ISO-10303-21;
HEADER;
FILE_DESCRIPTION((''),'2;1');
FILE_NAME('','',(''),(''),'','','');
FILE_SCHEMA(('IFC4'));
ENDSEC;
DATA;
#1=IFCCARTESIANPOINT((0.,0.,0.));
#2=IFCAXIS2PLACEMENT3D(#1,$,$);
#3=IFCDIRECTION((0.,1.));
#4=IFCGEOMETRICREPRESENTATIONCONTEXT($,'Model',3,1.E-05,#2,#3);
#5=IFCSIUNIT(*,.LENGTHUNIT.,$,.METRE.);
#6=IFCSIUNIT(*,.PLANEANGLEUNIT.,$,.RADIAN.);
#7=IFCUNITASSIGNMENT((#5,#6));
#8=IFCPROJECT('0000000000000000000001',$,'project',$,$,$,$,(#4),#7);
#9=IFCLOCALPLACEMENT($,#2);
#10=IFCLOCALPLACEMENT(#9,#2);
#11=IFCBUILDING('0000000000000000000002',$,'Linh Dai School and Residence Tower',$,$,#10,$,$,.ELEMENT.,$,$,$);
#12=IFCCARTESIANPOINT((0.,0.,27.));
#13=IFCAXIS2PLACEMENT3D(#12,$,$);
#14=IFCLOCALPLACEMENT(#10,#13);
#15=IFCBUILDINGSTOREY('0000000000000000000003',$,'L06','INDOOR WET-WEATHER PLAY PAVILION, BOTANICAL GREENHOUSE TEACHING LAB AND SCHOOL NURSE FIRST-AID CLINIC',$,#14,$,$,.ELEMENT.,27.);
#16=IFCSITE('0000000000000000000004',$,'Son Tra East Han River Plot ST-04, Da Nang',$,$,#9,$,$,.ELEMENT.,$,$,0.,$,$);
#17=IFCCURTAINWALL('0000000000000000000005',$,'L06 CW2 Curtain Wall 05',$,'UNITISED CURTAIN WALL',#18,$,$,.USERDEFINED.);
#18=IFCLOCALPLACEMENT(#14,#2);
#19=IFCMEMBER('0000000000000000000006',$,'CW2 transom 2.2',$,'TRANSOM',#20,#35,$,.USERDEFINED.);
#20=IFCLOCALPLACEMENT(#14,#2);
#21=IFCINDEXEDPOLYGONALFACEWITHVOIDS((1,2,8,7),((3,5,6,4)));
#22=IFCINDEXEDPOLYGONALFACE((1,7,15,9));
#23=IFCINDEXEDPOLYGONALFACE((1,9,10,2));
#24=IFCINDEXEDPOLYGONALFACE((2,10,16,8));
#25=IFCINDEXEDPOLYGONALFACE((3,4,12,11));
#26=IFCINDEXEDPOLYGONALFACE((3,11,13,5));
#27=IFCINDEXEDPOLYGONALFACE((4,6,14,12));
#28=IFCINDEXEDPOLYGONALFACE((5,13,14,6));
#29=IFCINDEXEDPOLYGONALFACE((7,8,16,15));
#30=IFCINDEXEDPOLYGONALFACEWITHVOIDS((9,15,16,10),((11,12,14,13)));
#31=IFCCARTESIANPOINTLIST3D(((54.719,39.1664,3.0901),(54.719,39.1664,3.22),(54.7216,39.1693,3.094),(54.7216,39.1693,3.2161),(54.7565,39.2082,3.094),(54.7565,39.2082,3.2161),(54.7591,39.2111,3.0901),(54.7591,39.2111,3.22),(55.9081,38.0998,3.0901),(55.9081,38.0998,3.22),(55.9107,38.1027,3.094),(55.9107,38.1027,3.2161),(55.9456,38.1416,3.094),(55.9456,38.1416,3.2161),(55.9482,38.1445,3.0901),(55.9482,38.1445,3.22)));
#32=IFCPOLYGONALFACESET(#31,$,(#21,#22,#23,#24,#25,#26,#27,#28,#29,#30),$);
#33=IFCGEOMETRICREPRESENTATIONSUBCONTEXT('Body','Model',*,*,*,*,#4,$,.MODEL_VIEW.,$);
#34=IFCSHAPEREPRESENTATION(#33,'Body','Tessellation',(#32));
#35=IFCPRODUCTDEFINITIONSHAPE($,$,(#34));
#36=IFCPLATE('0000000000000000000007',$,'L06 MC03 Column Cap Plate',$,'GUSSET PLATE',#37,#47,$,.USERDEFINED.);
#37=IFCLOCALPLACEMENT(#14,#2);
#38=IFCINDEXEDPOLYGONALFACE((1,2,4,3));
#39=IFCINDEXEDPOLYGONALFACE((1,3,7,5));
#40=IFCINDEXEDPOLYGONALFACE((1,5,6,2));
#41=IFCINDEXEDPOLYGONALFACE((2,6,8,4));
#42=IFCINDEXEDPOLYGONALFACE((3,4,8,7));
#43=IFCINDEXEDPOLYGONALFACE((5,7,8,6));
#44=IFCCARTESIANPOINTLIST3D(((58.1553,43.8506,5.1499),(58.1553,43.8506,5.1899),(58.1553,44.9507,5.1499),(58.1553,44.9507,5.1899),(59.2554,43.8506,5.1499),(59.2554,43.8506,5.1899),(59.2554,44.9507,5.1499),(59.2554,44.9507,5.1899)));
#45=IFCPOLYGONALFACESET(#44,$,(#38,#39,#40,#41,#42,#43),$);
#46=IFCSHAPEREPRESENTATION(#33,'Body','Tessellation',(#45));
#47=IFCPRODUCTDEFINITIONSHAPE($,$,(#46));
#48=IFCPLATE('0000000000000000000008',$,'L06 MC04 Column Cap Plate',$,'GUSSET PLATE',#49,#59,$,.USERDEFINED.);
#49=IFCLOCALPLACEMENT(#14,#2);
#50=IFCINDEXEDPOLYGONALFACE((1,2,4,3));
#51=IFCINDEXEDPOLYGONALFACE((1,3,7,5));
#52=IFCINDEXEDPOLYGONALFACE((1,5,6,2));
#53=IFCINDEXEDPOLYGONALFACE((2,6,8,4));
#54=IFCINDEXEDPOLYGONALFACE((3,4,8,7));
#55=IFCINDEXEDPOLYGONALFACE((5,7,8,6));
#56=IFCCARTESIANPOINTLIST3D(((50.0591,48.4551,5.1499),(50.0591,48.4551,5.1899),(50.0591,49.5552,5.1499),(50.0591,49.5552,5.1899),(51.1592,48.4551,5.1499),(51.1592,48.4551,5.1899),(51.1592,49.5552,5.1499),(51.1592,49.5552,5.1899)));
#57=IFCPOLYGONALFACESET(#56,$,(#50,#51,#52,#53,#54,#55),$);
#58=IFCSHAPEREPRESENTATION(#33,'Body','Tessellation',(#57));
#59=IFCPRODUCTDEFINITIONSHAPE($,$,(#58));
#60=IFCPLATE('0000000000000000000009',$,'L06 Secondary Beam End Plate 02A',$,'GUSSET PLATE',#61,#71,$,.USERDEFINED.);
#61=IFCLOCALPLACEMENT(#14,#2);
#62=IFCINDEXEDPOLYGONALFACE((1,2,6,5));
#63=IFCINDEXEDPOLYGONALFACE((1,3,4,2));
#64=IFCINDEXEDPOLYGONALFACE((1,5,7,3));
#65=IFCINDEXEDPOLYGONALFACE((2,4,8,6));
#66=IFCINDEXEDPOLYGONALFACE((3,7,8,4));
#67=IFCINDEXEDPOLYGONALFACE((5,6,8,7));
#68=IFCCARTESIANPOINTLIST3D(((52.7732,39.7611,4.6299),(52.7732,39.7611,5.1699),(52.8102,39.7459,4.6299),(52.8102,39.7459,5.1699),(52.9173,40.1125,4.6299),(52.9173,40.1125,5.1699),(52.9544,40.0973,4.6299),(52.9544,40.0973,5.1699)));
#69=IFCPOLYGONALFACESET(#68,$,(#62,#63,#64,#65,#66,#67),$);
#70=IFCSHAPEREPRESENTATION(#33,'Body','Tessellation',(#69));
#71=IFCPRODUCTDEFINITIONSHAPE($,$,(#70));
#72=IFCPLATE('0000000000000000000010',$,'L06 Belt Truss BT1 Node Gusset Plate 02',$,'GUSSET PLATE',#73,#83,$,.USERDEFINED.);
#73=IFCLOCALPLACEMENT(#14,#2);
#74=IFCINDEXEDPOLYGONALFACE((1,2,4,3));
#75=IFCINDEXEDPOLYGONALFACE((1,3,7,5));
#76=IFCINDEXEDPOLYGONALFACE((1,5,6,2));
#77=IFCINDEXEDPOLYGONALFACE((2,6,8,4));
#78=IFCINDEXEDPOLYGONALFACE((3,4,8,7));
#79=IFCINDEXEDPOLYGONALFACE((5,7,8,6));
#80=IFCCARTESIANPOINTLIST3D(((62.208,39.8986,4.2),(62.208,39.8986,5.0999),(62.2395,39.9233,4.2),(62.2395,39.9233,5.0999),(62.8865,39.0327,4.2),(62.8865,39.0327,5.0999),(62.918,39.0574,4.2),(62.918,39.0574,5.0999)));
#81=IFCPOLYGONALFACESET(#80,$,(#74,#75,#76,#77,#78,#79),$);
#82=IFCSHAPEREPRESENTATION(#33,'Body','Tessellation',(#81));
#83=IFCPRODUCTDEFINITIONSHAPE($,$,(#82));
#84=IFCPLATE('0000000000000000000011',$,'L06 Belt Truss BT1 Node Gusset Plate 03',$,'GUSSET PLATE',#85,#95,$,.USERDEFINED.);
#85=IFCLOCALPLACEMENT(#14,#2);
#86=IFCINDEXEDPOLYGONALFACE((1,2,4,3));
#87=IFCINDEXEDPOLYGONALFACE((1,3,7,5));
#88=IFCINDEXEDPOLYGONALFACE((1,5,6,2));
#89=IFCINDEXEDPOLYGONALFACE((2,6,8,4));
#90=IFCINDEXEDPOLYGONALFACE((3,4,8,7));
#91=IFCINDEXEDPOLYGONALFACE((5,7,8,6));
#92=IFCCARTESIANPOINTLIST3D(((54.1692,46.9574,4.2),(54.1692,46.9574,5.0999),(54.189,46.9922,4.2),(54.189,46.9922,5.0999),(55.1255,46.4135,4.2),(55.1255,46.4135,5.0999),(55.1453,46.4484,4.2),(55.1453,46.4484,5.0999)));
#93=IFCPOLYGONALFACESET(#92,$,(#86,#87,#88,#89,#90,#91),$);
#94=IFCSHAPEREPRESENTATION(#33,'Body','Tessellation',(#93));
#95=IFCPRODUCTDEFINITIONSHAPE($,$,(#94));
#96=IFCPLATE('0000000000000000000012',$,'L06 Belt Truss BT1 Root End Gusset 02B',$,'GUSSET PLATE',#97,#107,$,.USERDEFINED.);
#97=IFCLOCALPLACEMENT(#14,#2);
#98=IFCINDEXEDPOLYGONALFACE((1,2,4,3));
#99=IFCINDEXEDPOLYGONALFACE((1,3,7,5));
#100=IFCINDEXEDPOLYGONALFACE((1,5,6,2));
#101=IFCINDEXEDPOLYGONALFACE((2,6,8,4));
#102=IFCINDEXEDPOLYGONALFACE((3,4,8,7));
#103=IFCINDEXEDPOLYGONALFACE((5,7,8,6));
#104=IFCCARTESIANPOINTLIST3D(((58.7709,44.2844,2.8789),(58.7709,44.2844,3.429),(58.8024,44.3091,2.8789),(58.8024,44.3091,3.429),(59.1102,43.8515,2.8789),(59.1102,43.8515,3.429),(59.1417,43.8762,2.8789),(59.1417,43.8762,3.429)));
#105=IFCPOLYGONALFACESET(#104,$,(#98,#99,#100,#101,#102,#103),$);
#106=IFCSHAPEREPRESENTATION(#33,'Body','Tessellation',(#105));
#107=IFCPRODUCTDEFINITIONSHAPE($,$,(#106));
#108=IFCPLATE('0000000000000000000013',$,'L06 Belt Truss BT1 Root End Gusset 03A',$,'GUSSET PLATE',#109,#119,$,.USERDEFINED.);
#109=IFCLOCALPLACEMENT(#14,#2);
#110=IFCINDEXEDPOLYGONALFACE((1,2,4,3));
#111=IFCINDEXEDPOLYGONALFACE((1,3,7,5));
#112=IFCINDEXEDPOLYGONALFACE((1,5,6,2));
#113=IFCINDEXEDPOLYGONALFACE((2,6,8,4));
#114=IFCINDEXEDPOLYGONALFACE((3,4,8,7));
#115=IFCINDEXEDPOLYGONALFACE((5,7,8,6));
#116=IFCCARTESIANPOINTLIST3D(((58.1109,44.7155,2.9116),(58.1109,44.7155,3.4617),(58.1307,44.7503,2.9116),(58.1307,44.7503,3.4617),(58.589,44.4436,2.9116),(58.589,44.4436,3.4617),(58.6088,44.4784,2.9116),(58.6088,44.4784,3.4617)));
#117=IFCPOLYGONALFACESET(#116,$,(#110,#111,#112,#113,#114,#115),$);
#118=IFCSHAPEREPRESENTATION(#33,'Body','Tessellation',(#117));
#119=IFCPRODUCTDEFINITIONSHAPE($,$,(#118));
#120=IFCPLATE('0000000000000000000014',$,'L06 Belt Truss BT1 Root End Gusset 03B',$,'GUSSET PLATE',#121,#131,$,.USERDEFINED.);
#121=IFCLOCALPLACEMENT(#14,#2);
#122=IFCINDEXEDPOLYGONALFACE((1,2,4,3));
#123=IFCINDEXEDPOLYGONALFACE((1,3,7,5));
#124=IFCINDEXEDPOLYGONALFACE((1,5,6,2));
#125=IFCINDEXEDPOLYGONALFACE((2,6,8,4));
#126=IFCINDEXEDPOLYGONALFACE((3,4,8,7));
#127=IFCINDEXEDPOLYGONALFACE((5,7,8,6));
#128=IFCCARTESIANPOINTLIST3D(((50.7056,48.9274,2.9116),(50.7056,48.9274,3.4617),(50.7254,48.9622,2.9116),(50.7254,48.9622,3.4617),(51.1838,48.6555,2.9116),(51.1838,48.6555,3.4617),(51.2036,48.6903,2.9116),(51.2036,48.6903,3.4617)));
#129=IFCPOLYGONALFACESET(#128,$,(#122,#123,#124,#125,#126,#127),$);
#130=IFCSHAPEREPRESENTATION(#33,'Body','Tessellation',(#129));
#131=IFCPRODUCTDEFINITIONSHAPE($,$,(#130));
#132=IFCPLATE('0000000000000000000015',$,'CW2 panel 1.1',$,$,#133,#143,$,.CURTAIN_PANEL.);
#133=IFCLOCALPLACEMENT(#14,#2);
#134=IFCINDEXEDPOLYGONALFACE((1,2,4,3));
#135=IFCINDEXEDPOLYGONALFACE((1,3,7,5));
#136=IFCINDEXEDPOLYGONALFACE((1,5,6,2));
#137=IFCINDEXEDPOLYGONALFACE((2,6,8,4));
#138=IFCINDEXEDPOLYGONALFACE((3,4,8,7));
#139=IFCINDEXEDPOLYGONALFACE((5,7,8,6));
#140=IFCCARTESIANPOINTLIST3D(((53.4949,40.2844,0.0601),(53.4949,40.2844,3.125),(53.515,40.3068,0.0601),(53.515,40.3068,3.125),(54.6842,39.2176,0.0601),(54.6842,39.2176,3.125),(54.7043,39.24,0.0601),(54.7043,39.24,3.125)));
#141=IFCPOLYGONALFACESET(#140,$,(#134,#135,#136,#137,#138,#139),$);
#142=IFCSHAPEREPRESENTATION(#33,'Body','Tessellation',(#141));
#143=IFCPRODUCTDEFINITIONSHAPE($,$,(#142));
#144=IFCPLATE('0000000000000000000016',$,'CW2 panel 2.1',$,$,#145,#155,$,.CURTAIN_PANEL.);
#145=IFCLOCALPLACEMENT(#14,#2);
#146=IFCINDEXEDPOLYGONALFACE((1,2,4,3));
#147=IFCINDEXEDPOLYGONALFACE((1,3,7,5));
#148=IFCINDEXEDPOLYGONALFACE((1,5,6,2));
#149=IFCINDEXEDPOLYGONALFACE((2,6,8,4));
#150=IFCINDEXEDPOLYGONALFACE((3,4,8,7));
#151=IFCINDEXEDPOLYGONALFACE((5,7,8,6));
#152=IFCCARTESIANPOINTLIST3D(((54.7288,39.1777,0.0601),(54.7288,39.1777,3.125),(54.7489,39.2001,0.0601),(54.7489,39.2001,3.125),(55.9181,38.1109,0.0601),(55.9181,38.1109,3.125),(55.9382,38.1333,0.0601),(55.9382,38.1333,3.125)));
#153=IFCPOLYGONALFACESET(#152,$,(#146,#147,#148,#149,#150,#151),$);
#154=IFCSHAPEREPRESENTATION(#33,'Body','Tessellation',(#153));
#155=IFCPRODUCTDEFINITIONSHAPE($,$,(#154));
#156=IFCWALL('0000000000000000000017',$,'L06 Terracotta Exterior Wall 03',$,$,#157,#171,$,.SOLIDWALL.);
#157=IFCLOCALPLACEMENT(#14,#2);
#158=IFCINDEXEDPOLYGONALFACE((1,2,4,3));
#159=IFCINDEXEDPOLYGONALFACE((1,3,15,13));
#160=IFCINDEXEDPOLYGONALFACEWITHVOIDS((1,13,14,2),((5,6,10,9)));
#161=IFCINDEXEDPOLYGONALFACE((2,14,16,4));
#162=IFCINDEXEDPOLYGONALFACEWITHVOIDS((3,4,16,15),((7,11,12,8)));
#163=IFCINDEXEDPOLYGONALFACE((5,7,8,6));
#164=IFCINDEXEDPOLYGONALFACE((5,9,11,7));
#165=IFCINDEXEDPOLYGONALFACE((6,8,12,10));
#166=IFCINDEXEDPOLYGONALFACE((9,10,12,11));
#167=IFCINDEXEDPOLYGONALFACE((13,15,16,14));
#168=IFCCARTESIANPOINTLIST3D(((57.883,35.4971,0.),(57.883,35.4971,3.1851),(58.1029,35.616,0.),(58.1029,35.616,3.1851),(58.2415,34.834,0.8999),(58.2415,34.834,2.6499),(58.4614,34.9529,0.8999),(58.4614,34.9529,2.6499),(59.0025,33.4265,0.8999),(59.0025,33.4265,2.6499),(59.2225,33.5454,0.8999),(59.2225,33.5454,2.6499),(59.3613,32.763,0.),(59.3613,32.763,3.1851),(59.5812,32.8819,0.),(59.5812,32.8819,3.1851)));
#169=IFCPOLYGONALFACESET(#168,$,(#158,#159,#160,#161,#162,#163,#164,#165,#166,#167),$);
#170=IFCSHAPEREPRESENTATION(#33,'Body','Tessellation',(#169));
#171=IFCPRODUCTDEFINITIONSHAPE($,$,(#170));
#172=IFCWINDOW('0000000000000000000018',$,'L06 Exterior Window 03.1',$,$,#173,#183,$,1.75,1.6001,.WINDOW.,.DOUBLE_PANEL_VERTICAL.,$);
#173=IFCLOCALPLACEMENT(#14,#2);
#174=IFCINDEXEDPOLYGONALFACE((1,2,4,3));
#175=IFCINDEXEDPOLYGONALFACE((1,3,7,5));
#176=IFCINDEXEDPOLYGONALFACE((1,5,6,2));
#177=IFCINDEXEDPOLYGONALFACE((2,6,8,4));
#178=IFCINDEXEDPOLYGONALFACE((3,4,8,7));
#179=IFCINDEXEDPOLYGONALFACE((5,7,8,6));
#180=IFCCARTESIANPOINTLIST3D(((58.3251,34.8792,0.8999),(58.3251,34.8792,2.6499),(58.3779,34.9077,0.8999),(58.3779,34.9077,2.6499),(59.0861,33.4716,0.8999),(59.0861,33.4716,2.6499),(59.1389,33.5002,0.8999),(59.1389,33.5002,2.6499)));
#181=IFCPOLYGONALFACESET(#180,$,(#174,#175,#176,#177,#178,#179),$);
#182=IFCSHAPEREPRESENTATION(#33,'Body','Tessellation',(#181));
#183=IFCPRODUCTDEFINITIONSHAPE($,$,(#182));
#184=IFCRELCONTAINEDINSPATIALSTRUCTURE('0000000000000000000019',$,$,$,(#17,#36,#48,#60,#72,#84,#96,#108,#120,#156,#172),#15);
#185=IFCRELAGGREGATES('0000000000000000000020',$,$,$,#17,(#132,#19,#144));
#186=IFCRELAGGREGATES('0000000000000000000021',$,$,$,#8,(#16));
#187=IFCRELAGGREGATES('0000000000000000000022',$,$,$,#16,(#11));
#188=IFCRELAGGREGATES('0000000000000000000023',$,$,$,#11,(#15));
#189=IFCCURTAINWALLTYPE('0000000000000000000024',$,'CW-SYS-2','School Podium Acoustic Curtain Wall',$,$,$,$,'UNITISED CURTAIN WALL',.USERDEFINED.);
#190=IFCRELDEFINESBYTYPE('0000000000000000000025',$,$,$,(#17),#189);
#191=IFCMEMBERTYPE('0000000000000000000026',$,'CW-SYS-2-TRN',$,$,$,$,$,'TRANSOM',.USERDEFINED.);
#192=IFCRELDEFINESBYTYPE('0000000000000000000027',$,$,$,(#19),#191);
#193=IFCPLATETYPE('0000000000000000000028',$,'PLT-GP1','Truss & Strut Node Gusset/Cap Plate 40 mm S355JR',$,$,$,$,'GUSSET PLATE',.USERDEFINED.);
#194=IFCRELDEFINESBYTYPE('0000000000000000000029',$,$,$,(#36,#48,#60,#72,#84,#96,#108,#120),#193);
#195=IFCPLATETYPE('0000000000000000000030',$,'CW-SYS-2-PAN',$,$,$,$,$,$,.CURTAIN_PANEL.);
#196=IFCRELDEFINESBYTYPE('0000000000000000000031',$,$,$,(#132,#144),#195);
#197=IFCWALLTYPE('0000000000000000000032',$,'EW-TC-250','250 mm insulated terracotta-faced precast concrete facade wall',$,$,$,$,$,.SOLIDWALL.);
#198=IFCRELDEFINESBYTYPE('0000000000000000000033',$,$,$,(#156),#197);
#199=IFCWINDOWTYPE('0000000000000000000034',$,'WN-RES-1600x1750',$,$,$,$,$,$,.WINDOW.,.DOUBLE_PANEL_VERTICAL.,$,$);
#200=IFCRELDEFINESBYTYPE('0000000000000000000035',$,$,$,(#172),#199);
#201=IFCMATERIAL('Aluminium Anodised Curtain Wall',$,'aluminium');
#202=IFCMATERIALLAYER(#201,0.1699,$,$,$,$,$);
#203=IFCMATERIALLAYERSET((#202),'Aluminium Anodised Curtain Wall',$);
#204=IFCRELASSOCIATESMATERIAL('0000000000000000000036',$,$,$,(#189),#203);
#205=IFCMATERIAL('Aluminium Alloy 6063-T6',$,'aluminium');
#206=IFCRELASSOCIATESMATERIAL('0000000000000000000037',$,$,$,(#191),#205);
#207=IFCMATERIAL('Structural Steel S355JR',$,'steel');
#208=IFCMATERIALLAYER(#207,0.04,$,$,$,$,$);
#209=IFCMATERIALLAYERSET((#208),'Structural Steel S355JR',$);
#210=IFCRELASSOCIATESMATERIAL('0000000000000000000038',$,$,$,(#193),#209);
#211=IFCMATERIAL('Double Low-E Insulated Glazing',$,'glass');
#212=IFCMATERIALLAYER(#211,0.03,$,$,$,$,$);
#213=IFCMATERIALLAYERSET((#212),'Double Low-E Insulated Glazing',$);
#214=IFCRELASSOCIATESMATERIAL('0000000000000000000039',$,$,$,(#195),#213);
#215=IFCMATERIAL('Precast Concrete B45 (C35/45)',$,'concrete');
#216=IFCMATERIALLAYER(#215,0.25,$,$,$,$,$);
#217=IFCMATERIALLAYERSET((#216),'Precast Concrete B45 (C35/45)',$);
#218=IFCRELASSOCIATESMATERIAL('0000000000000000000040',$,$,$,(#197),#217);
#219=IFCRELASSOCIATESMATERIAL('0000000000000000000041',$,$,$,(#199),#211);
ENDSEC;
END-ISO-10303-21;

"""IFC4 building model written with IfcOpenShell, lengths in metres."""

from ifc_helpers import new_model, si_unit, direction, frame, frame_2d, origin, origin_2d, place, context, subcontext, project, spatial, rectangle, hollow_rectangle, extrude, source, transform, mapped, material, layer, layer_set, material_profile, profile_set, type_object, element, fill, aggregate, save


model = new_model("IFC4")

# Units and contexts
model_context = context("Model", 3, precision=1e-05, world=origin(), true_north=direction((0.0, 1.0)))
body_context = subcontext(model_context, "Body", "Model", "MODEL_VIEW")
ifc_project = project(units=[si_unit("LENGTHUNIT", "METRE"), si_unit("PLANEANGLEUNIT", "RADIAN")], contexts=[model_context])

# Site, building, storey
site_placement = place(None, origin())
site = spatial("IfcSite", under=ifc_project, at=site_placement, Name="Son Tra East Han River Plot ST-04, Da Nang", CompositionType="ELEMENT", RefElevation=0.0)
building_placement = place(site_placement, origin())
building = spatial("IfcBuilding", under=site, at=building_placement, Name="Linh Dai School and Residence Tower", CompositionType="ELEMENT")
storey_placement = place(building_placement, frame((0.0, 0.0, 27.0)))
storey = spatial("IfcBuildingStorey", under=building, at=storey_placement, Name="L06", Description="INDOOR WET-WEATHER PLAY PAVILION, BOTANICAL GREENHOUSE TEACHING LAB AND SCHOOL NURSE FIRST-AID CLINIC", CompositionType="ELEMENT", Elevation=27.0)

# Shared definitions
ifc_material_1 = material(Name="Structural Steel S355JR", Category="steel")

# Curtain wall, member
ifc_material_2 = material(Name="Aluminium Anodised Curtain Wall", Category="aluminium")
ifc_layer_1 = layer(ifc_material_2, 0.1699)
ifc_layer_set_1 = layer_set([ifc_layer_1], Name="Aluminium Anodised Curtain Wall")
curtain_wall_type = type_object("IfcCurtainWallType", Name="CW-SYS-2", Description="School Podium Acoustic Curtain Wall", ElementType="UNITISED CURTAIN WALL", PredefinedType="USERDEFINED", material=ifc_layer_set_1)
curtain_wall_placement = place(storey_placement, origin())
curtain_wall = element("IfcCurtainWall", 1, at=curtain_wall_placement, inside=storey, type_object=curtain_wall_type, Name="L06 CW2 Curtain Wall 05", ObjectType="UNITISED CURTAIN WALL", PredefinedType="USERDEFINED")
ifc_material_3 = material(Name="Aluminium Alloy 6063-T6", Category="aluminium")
ifc_material_profile_1 = material_profile(ifc_material_3, hollow_rectangle(XDim=0.0601, YDim=0.1299, WallThickness=0.0039, at=origin_2d()), Name="RHS 130x60x4")
ifc_profile_set_1 = profile_set([ifc_material_profile_1], Name="Aluminium Alloy 6063-T6")
member_type_1 = type_object("IfcMemberType", Name="CW-SYS-2-TRN", ElementType="TRANSOM", PredefinedType="USERDEFINED", material=ifc_profile_set_1)
shared_shape_1 = source(origin(), body_context, "Body", "SweptSolid", [
    extrude(hollow_rectangle(XDim=0.0601, YDim=0.1299, WallThickness=0.0039, at=origin_2d()), origin(), (0.0, 0.0, 1.0), 1.5974),
])
member_1_placement = place(storey_placement, frame((54.739, 39.1887, 3.155), z_axis=(0.744425, -0.667706, 0.0), x_axis=(0.667706, 0.744425, 0.0)))
member_1 = element("IfcMember", 2, at=member_1_placement, type_object=member_type_1, Name="CW2 transom 2.2", ObjectType="TRANSOM", PredefinedType="USERDEFINED", context=body_context, shape_type="MappedRepresentation", body=[
    mapped(shared_shape_1, transform((0.0, 0.0, 0.0), x_axis=(1.0, 0.0, 0.0), y_axis=(0.0, 1.0, 0.0), z_axis=(0.0, 0.0, 1.0), scale=1.0)),
])

# Plates
ifc_layer_2 = layer(ifc_material_1, 0.04)
ifc_layer_set_2 = layer_set([ifc_layer_2], Name="Structural Steel S355JR")
plate_type_1 = type_object("IfcPlateType", Name="PLT-GP1", Description="Truss & Strut Node Gusset/Cap Plate 40 mm S355JR", ElementType="GUSSET PLATE", PredefinedType="USERDEFINED", material=ifc_layer_set_2)
shared_shape_2 = source(origin(), body_context, "Body", "SweptSolid", [
    extrude(rectangle(XDim=1.1001, YDim=1.1001, at=origin_2d()), origin(), (0.0, 0.0, 1.0), 0.04),
])
for number, where, z_axis, x_axis, name in (
    (3, (58.7053, 44.4006, 5.1499), (0.0, 0.0, 1.0), (1.0, 0.0, 0.0), "L06 MC03 Column Cap Plate"),
    (4, (50.6091, 49.0051, 5.1499), (0.0, 0.0, 1.0), (1.0, 0.0, 0.0), "L06 MC04 Column Cap Plate"),
):
    element("IfcPlate", number, at=place(storey_placement, frame(where, z_axis=z_axis, x_axis=x_axis)), inside=storey, type_object=plate_type_1, Name=name, ObjectType="GUSSET PLATE", PredefinedType="USERDEFINED", context=body_context, shape_type="MappedRepresentation", body=[
        mapped(shared_shape_2, transform((0.0, 0.0, 0.0), x_axis=(1.0, 0.0, 0.0), y_axis=(0.0, 1.0, 0.0), z_axis=(0.0, 0.0, 1.0), scale=1.0)),
    ])
shared_shape_3 = source(origin(), body_context, "Body", "SweptSolid", [
    extrude(rectangle(XDim=0.04, YDim=0.3799, at=origin_2d()), origin(), (0.0, 0.0, 1.0), 0.54),
])
plate_1_placement = place(storey_placement, frame((52.8638, 39.9292, 4.6299), z_axis=(0.0, 0.0, 1.0), x_axis=(-0.925232, 0.379401, 0.0)))
element("IfcPlate", 5, at=plate_1_placement, inside=storey, type_object=plate_type_1, Name="L06 Secondary Beam End Plate 02A", ObjectType="GUSSET PLATE", PredefinedType="USERDEFINED", context=body_context, shape_type="MappedRepresentation", body=[
    mapped(shared_shape_3, transform((0.0, 0.0, 0.0), x_axis=(1.0, 0.0, 0.0), y_axis=(0.0, 1.0, 0.0), z_axis=(0.0, 0.0, 1.0), scale=1.0)),
])
shared_shape_4 = source(origin(), body_context, "Body", "SweptSolid", [
    extrude(rectangle(XDim=1.1001, YDim=0.04, at=origin_2d()), origin(), (0.0, 0.0, 1.0), 0.8999),
])
for number, where, z_axis, x_axis, name in (
    (6, (62.563, 39.478, 4.2), (0.0, 0.0, 1.0), (-0.616819, 0.787105, 0.0), "L06 Belt Truss BT1 Node Gusset Plate 02"),
    (7, (54.6572, 46.7029, 4.2), (0.0, 0.0, 1.0), (-0.869248, 0.494377, 0.0), "L06 Belt Truss BT1 Node Gusset Plate 03"),
):
    element("IfcPlate", number, at=place(storey_placement, frame(where, z_axis=z_axis, x_axis=x_axis)), inside=storey, type_object=plate_type_1, Name=name, ObjectType="GUSSET PLATE", PredefinedType="USERDEFINED", context=body_context, shape_type="MappedRepresentation", body=[
        mapped(shared_shape_4, transform((0.0, 0.0, 0.0), x_axis=(1.0, 0.0, 0.0), y_axis=(0.0, 1.0, 0.0), z_axis=(0.0, 0.0, 1.0), scale=1.0)),
    ])
shared_shape_5 = source(origin(), body_context, "Body", "SweptSolid", [
    extrude(rectangle(XDim=0.55, YDim=0.04, at=origin_2d()), origin(), (0.0, 0.0, 1.0), 0.55),
])
for number, where, z_axis, x_axis, name in (
    (8, (58.9563, 44.0803, 2.8789), (0.0, 0.0, 1.0), (-0.616819, 0.787105, 0.0), "L06 Belt Truss BT1 Root End Gusset 02B"),
    (9, (58.3599, 44.5969, 2.9116), (0.0, 0.0, 1.0), (-0.869248, 0.494377, 0.0), "L06 Belt Truss BT1 Root End Gusset 03A"),
    (10, (50.9546, 48.8088, 2.9116), (0.0, 0.0, 1.0), (-0.869248, 0.494377, 0.0), "L06 Belt Truss BT1 Root End Gusset 03B"),
):
    element("IfcPlate", number, at=place(storey_placement, frame(where, z_axis=z_axis, x_axis=x_axis)), inside=storey, type_object=plate_type_1, Name=name, ObjectType="GUSSET PLATE", PredefinedType="USERDEFINED", context=body_context, shape_type="MappedRepresentation", body=[
        mapped(shared_shape_5, transform((0.0, 0.0, 0.0), x_axis=(1.0, 0.0, 0.0), y_axis=(0.0, 1.0, 0.0), z_axis=(0.0, 0.0, 1.0), scale=1.0)),
    ])

# Plates
ifc_material_4 = material(Name="Double Low-E Insulated Glazing", Category="glass")
ifc_layer_3 = layer(ifc_material_4, 0.03)
ifc_layer_set_3 = layer_set([ifc_layer_3], Name="Double Low-E Insulated Glazing")
plate_type_2 = type_object("IfcPlateType", Name="CW-SYS-2-PAN", PredefinedType="CURTAIN_PANEL", material=ifc_layer_set_3)
shared_shape_6 = source(origin(), body_context, "Body", "SweptSolid", [
    extrude(rectangle(XDim=1.5977, YDim=0.03, at=origin_2d()), origin(), (0.0, 0.0, 1.0), 3.0649),
])
plate_2_placement = place(storey_placement, frame((54.0996, 39.7622, 0.0601), z_axis=(0.0, 0.0, 1.0), x_axis=(0.744403, -0.667731, 0.0)))
plate_2 = element("IfcPlate", 11, at=plate_2_placement, type_object=plate_type_2, Name="CW2 panel 1.1", PredefinedType="CURTAIN_PANEL", context=body_context, shape_type="MappedRepresentation", body=[
    mapped(shared_shape_6, transform((0.0, 0.0, 0.0), x_axis=(1.0, 0.0, 0.0), y_axis=(0.0, 1.0, 0.0), z_axis=(0.0, 0.0, 1.0), scale=1.0)),
])
plate_3_placement = place(storey_placement, frame((55.3335, 38.6555, 0.0601), z_axis=(0.0, 0.0, 1.0), x_axis=(0.744403, -0.667731, 0.0)))
plate_3 = element("IfcPlate", 12, at=plate_3_placement, type_object=plate_type_2, Name="CW2 panel 2.1", PredefinedType="CURTAIN_PANEL", context=body_context, shape_type="MappedRepresentation", body=[
    mapped(shared_shape_6, transform((0.0, 0.0, 0.0), x_axis=(1.0, 0.0, 0.0), y_axis=(0.0, 1.0, 0.0), z_axis=(0.0, 0.0, 1.0), scale=1.0)),
])
aggregate(curtain_wall, [plate_2, member_1, plate_3])

# Wall, opening, window
ifc_material_5 = material(Name="Precast Concrete B45 (C35/45)", Category="concrete")
ifc_layer_4 = layer(ifc_material_5, 0.25)
ifc_layer_set_4 = layer_set([ifc_layer_4], Name="Precast Concrete B45 (C35/45)")
wall_type = type_object("IfcWallType", Name="EW-TC-250", Description="250 mm insulated terracotta-faced precast concrete facade wall", PredefinedType="SOLIDWALL", material=ifc_layer_set_4)
wall_1_placement = place(storey_placement, frame((57.9929, 35.5566, 0.0), z_axis=(0.0, 0.0, 1.0), x_axis=(0.475607, -0.879658, 0.0)))
wall_1 = element("IfcWall", 13, at=wall_1_placement, inside=storey, type_object=wall_type, Name="L06 Terracotta Exterior Wall 03", PredefinedType="SOLIDWALL", context=body_context, shape_type="SweptSolid", body=[
    extrude(rectangle(XDim=3.1082, YDim=0.25, at=frame_2d((1.5542, 0.0))), origin(), (0.0, 0.0, 1.0), 3.1851),
])
opening_1_placement = place(wall_1_placement, frame((0.7539, 0.0, 0.8999)))
opening_1 = element("IfcOpeningElement", 14, at=opening_1_placement, cuts=wall_1, PredefinedType="OPENING", context=body_context, shape_type="SweptSolid", body=[
    extrude(rectangle(XDim=1.6001, YDim=1.75, at=origin_2d()), frame((0.8, 0.135, 0.875), z_axis=(0.0, -1.0, 0.0), x_axis=(1.0, 0.0, 0.0)), (0.0, 0.0, 1.0), 0.27),
])
window_type_1 = type_object("IfcWindowType", Name="WN-RES-1600x1750", PartitioningType="DOUBLE_PANEL_VERTICAL", PredefinedType="WINDOW", material=ifc_material_4)
shared_shape_7 = source(origin(), body_context, "Body", "SweptSolid", [
    extrude(rectangle(XDim=1.6001, YDim=1.75, at=origin_2d()), frame((0.8, 0.03, 0.875), z_axis=(0.0, -1.0, 0.0), x_axis=(1.0, 0.0, 0.0)), (0.0, 0.0, 1.0), 0.0601),
])
window_1_placement = place(opening_1_placement, origin())
window_1 = element("IfcWindow", 15, at=window_1_placement, inside=storey, type_object=window_type_1, Name="L06 Exterior Window 03.1", OverallHeight=1.75, OverallWidth=1.6001, PartitioningType="DOUBLE_PANEL_VERTICAL", PredefinedType="WINDOW", context=body_context, shape_type="MappedRepresentation", body=[
    mapped(shared_shape_7, transform((0.0, 0.0, 0.0), x_axis=(1.0, 0.0, 0.0), y_axis=(0.0, 1.0, 0.0), z_axis=(0.0, 0.0, 1.0), scale=1.0)),
])
fill(opening_1, window_1)

save(model, "model.ifc")
